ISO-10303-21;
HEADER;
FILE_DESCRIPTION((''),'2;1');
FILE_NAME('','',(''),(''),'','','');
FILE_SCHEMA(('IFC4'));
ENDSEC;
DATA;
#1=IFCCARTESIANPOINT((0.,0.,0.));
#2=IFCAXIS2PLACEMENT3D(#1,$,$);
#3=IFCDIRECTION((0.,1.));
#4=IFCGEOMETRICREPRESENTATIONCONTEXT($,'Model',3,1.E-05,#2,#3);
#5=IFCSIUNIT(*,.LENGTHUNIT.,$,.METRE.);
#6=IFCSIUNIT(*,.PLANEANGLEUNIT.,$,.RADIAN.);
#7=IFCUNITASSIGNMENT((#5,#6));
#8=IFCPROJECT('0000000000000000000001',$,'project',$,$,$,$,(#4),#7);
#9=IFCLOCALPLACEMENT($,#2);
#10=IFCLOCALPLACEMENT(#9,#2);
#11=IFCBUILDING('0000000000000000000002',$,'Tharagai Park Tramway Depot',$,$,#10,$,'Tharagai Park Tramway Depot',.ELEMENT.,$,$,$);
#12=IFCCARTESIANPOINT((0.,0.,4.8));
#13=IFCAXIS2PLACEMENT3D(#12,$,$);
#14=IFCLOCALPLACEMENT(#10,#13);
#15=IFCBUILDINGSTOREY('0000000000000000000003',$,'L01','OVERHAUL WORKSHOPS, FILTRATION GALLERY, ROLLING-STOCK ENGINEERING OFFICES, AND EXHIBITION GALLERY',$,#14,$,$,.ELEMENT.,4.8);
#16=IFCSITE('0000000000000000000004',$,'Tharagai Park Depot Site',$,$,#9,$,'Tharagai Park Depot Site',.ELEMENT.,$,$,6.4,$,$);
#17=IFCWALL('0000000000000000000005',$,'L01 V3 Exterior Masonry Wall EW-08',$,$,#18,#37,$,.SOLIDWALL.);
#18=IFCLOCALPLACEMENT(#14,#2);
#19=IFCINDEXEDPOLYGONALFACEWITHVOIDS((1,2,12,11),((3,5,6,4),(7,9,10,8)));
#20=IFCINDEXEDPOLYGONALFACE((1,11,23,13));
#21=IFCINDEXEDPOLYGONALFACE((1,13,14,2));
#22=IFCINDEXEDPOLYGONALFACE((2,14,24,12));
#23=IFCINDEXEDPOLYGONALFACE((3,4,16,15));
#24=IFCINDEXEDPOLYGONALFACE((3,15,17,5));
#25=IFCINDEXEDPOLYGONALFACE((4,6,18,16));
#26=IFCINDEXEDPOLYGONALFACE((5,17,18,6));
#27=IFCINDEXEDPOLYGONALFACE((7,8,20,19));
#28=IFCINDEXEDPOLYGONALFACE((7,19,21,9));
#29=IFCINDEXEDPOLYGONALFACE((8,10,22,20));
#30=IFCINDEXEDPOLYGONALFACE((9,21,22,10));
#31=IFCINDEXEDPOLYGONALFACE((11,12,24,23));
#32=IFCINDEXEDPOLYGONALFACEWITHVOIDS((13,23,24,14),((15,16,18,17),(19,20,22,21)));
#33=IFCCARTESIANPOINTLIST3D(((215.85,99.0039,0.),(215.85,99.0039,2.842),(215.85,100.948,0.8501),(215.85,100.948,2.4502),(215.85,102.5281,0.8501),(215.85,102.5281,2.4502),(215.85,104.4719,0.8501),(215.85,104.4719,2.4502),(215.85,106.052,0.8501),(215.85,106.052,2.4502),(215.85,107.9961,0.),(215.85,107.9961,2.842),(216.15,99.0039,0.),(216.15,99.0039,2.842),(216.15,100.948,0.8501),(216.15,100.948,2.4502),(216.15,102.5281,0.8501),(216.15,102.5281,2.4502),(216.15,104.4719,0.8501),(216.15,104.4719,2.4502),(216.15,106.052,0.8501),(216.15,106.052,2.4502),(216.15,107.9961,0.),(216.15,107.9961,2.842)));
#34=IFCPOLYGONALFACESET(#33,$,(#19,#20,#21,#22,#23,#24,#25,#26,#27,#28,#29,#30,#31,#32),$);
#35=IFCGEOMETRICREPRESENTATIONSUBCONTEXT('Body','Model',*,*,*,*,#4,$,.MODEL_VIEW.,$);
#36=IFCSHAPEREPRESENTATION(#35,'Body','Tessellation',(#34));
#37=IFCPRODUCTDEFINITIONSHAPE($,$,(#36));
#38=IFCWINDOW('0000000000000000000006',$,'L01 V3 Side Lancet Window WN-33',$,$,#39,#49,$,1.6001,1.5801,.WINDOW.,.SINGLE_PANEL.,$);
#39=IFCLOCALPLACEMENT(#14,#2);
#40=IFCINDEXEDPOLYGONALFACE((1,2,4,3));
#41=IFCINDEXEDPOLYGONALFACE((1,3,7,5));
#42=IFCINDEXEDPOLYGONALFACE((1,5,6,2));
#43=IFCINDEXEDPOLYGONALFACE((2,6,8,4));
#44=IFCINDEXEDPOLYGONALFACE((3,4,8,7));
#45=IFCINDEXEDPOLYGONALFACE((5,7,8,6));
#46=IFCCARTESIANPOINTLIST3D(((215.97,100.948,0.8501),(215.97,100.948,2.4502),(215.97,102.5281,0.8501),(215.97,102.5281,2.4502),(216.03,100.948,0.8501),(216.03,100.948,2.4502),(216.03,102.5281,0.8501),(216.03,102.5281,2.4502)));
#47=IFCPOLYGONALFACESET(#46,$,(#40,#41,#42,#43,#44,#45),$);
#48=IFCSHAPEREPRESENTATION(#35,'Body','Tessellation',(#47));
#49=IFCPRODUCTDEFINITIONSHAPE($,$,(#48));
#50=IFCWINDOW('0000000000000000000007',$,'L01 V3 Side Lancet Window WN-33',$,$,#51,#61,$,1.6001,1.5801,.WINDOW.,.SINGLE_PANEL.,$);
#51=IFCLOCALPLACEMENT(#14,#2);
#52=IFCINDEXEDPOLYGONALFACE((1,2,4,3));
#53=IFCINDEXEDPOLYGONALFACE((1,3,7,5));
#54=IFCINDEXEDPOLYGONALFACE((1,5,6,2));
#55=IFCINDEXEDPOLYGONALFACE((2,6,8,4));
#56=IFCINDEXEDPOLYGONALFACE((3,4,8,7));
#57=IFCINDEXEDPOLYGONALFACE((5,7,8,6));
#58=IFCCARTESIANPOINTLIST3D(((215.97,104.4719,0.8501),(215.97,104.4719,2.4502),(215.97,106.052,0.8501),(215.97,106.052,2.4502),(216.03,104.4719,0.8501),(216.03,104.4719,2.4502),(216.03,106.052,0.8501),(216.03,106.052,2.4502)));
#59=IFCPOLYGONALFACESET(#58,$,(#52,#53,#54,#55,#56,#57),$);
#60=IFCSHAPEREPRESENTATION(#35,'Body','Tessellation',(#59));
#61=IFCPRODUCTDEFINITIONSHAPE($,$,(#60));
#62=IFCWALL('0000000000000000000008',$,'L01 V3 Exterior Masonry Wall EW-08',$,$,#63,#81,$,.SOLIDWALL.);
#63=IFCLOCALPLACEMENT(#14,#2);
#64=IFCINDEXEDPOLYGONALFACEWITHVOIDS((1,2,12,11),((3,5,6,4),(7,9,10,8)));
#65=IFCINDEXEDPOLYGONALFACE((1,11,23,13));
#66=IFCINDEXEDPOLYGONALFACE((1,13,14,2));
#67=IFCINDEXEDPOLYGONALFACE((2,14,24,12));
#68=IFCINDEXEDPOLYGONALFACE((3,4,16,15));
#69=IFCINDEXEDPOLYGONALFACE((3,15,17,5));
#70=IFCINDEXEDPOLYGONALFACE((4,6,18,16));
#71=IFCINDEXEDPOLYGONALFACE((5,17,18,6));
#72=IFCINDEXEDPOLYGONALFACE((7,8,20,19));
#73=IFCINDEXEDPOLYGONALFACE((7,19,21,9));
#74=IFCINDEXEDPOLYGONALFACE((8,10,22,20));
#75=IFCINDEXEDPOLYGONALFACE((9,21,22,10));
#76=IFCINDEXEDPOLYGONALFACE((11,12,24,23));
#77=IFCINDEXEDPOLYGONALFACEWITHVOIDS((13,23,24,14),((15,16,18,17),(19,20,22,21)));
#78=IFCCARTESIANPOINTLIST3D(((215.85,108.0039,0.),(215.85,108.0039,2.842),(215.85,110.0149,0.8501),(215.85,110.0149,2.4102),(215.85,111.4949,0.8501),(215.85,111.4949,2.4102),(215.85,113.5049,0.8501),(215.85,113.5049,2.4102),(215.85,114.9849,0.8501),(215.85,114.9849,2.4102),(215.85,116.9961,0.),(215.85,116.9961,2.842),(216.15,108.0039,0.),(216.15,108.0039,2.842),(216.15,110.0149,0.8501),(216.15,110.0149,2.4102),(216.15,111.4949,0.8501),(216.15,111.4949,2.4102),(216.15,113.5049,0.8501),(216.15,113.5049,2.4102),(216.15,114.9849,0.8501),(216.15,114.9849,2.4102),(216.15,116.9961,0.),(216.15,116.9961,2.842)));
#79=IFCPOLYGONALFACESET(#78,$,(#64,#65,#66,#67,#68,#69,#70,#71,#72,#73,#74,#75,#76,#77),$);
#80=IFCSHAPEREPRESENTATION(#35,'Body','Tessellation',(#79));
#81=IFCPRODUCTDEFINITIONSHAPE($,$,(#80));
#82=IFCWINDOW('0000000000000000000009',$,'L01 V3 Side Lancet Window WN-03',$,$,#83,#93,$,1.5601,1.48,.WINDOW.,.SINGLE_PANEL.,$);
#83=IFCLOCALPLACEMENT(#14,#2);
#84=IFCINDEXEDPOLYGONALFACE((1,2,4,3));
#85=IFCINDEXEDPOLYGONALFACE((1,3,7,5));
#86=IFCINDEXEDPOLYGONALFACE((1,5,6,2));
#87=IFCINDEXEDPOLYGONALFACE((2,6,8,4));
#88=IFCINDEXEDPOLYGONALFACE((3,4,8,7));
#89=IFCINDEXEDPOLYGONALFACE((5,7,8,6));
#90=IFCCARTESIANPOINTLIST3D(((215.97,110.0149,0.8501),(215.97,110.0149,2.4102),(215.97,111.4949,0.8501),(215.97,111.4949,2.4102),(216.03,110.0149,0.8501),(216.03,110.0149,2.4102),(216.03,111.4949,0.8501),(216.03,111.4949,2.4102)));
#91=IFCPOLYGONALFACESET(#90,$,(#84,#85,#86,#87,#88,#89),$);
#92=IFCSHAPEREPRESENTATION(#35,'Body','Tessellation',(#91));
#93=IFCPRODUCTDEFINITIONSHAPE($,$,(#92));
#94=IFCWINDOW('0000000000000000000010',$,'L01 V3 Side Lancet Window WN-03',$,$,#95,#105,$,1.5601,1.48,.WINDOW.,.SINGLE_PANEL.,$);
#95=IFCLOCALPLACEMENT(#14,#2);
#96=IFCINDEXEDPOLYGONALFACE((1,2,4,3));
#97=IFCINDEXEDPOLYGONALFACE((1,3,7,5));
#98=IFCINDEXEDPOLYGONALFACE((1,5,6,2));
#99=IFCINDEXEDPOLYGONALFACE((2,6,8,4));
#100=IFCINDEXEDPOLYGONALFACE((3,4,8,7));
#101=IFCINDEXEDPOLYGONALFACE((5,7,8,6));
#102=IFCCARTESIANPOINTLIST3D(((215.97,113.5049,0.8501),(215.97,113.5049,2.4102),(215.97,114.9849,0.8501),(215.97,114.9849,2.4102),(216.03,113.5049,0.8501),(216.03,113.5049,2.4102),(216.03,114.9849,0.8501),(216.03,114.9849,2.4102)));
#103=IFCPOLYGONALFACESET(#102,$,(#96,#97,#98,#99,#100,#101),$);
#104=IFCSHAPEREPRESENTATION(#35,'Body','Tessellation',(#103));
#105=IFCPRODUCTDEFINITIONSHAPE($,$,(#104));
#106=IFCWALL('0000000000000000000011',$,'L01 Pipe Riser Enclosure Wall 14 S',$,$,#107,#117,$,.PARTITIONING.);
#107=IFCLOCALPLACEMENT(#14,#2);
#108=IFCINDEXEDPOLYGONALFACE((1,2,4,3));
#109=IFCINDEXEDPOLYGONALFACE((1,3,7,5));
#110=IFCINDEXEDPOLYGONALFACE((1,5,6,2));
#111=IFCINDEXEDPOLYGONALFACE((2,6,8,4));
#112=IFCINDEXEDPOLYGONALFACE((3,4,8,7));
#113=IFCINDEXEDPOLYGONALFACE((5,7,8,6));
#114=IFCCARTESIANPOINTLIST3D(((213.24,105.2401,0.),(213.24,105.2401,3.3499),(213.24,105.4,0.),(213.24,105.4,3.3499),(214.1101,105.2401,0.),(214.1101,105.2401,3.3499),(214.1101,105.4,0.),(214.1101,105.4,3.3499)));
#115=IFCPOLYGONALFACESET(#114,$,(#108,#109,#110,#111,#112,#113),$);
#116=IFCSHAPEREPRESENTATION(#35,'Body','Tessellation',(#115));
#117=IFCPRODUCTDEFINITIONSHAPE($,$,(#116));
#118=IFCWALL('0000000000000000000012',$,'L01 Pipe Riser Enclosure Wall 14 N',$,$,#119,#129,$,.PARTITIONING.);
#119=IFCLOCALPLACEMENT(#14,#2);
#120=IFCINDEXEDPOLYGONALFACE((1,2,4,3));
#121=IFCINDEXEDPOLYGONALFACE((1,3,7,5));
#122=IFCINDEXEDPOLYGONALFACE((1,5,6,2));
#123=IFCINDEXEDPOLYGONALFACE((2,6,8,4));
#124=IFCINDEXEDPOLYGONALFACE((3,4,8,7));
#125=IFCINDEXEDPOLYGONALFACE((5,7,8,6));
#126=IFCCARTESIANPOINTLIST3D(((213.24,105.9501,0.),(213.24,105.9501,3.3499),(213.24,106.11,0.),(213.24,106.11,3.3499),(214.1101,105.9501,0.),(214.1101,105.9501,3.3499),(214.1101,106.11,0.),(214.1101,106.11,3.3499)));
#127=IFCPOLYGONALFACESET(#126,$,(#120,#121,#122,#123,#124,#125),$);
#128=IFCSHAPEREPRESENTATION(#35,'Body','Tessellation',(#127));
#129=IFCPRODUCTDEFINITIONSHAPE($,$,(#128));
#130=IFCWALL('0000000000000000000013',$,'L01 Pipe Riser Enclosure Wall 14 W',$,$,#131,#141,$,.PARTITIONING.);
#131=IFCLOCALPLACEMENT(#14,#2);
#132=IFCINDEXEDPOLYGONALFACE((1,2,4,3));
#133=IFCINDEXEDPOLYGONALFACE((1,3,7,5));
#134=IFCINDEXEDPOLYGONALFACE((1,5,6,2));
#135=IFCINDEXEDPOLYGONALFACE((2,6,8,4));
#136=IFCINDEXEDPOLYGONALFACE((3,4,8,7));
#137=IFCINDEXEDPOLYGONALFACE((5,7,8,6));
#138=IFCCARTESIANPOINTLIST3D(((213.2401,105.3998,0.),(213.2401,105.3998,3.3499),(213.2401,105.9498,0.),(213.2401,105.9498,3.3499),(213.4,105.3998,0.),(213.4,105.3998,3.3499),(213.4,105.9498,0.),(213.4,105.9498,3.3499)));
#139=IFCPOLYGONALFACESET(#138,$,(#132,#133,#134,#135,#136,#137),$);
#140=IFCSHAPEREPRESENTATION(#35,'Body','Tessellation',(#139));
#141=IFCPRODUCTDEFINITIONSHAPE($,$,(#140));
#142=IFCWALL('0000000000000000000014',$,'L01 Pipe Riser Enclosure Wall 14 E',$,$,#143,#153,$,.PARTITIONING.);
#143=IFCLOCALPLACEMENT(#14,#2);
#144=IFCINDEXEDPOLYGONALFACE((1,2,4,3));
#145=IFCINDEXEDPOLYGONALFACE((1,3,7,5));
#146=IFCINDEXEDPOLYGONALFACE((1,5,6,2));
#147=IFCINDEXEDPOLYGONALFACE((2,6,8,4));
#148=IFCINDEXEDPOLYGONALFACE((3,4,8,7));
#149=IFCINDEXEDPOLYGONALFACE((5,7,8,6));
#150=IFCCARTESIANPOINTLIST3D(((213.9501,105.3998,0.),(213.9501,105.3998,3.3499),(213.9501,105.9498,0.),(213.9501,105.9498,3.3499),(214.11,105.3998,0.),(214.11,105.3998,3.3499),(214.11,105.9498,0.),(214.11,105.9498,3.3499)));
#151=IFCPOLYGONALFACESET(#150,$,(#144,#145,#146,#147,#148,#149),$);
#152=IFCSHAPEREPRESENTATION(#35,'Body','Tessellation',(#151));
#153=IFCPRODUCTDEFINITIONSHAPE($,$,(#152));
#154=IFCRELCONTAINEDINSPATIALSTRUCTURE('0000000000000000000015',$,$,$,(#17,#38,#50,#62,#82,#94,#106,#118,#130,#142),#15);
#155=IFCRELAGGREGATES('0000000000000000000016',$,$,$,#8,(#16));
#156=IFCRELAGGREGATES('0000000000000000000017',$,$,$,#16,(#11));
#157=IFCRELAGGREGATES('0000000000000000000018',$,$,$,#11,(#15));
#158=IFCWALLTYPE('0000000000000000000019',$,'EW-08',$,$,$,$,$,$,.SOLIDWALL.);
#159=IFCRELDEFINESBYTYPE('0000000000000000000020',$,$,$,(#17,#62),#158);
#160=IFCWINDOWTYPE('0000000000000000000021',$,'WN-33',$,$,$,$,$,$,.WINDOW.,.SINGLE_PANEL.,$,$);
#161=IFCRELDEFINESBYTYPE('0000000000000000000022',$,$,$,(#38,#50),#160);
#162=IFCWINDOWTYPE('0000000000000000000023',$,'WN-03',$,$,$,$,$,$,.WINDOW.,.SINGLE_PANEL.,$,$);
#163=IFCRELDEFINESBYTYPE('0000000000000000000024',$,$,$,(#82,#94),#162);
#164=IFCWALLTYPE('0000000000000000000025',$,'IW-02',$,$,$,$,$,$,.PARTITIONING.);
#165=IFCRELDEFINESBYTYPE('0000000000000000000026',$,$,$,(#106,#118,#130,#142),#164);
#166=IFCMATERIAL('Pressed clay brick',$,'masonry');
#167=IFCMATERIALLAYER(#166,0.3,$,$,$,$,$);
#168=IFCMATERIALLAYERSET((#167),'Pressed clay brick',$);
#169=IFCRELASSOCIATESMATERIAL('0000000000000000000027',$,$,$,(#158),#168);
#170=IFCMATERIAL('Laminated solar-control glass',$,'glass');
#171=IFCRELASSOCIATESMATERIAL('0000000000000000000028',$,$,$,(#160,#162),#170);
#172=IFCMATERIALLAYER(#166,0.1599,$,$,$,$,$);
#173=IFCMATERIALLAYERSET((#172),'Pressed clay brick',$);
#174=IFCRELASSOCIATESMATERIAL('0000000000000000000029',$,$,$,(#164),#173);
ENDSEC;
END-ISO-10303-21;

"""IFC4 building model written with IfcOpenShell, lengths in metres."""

from ifc_helpers import new_model, si_unit, direction, frame, frame_2d, origin, place, context, subcontext, project, spatial, rectangle, extrude, material, layer, layer_set, type_object, element, fill, save


model = new_model("IFC4")

# Units and contexts
model_context = context("Model", 3, precision=1e-05, world=origin(), true_north=direction((0.0, 1.0)))
body_context = subcontext(model_context, "Body", "Model", "MODEL_VIEW")
ifc_project = project(units=[si_unit("LENGTHUNIT", "METRE"), si_unit("PLANEANGLEUNIT", "RADIAN")], contexts=[model_context])

# Site, building, storey
site_placement = place(None, origin())
site = spatial("IfcSite", under=ifc_project, at=site_placement, Name="Tharagai Park Depot Site", LongName="Tharagai Park Depot Site", CompositionType="ELEMENT", RefElevation=6.4)
building_placement = place(site_placement, origin())
building = spatial("IfcBuilding", under=site, at=building_placement, Name="Tharagai Park Tramway Depot", LongName="Tharagai Park Tramway Depot", CompositionType="ELEMENT")
storey_placement = place(building_placement, frame((0.0, 0.0, 4.8)))
storey = spatial("IfcBuildingStorey", under=building, at=storey_placement, Name="L01", Description="OVERHAUL WORKSHOPS, FILTRATION GALLERY, ROLLING-STOCK ENGINEERING OFFICES, AND EXHIBITION GALLERY", CompositionType="ELEMENT", Elevation=4.8)

# Shared definitions
ifc_material_1 = material(Name="Laminated solar-control glass", Category="glass")

# Walls, openings, windows
ifc_material_2 = material(Name="Pressed clay brick", Category="masonry")
ifc_layer_1 = layer(ifc_material_2, 0.3)
ifc_layer_set_1 = layer_set([ifc_layer_1], Name="Pressed clay brick")
wall_type_1 = type_object("IfcWallType", Name="EW-08", PredefinedType="SOLIDWALL", material=ifc_layer_set_1)
wall_1_placement = place(storey_placement, frame((216.0, 99.0039, 0.0), z_axis=(0.0, 0.0, 1.0), x_axis=(0.0, 1.0, 0.0)))
wall_1 = element("IfcWall", 1, at=wall_1_placement, inside=storey, type_object=wall_type_1, Name="L01 V3 Exterior Masonry Wall EW-08", PredefinedType="SOLIDWALL", context=body_context, shape_type="SweptSolid", body=[
    extrude(rectangle(XDim=8.9922, YDim=0.3, at=frame_2d((4.4961, 0.0))), origin(), (0.0, 0.0, 1.0), 2.842),
])
opening_1_placement = place(wall_1_placement, frame((1.9441, 0.0, 0.8501)))
opening_1 = element("IfcOpeningElement", 2, at=opening_1_placement, cuts=wall_1, PredefinedType="OPENING", context=body_context, shape_type="SweptSolid", body=[
    extrude(rectangle(XDim=1.5801, YDim=1.6001, at=frame_2d((0.79, 0.8))), frame((0.0, 0.1599, 0.0), z_axis=(0.0, -1.0, 0.0), x_axis=(1.0, 0.0, 0.0)), (0.0, 0.0, 1.0), 0.3201),
])
opening_2_placement = place(wall_1_placement, frame((5.468, 0.0, 0.8501)))
opening_2 = element("IfcOpeningElement", 3, at=opening_2_placement, cuts=wall_1, PredefinedType="OPENING", context=body_context, shape_type="SweptSolid", body=[
    extrude(rectangle(XDim=1.5801, YDim=1.6001, at=frame_2d((0.79, 0.8))), frame((0.0, 0.1599, 0.0), z_axis=(0.0, -1.0, 0.0), x_axis=(1.0, 0.0, 0.0)), (0.0, 0.0, 1.0), 0.3201),
])
window_type_1 = type_object("IfcWindowType", Name="WN-33", PartitioningType="SINGLE_PANEL", PredefinedType="WINDOW", material=ifc_material_1)
window_1_placement = place(opening_1_placement, origin())
window_1 = element("IfcWindow", 4, at=window_1_placement, inside=storey, type_object=window_type_1, Name="L01 V3 Side Lancet Window WN-33", OverallHeight=1.6001, OverallWidth=1.5801, PartitioningType="SINGLE_PANEL", PredefinedType="WINDOW", context=body_context, shape_type="SweptSolid", body=[
    extrude(rectangle(XDim=1.5801, YDim=1.6001, at=frame_2d((0.79, 0.8))), frame((0.0, 0.03, 0.0), z_axis=(0.0, -1.0, 0.0), x_axis=(1.0, 0.0, 0.0)), (0.0, 0.0, 1.0), 0.0601),
])
fill(opening_1, window_1)
window_2_placement = place(opening_2_placement, origin())
window_2 = element("IfcWindow", 5, at=window_2_placement, inside=storey, type_object=window_type_1, Name="L01 V3 Side Lancet Window WN-33", OverallHeight=1.6001, OverallWidth=1.5801, PartitioningType="SINGLE_PANEL", PredefinedType="WINDOW", context=body_context, shape_type="SweptSolid", body=[
    extrude(rectangle(XDim=1.5801, YDim=1.6001, at=frame_2d((0.79, 0.8))), frame((0.0, 0.03, 0.0), z_axis=(0.0, -1.0, 0.0), x_axis=(1.0, 0.0, 0.0)), (0.0, 0.0, 1.0), 0.0601),
])
fill(opening_2, window_2)
wall_2_placement = place(storey_placement, frame((216.0, 108.0039, 0.0), z_axis=(0.0, 0.0, 1.0), x_axis=(0.0, 1.0, 0.0)))
wall_2 = element("IfcWall", 6, at=wall_2_placement, inside=storey, type_object=wall_type_1, Name="L01 V3 Exterior Masonry Wall EW-08", PredefinedType="SOLIDWALL", context=body_context, shape_type="SweptSolid", body=[
    extrude(rectangle(XDim=8.9922, YDim=0.3, at=frame_2d((4.4961, 0.0))), origin(), (0.0, 0.0, 1.0), 2.842),
])
opening_3_placement = place(wall_2_placement, frame((2.011, 0.0, 0.8501)))
opening_3 = element("IfcOpeningElement", 7, at=opening_3_placement, cuts=wall_2, PredefinedType="OPENING", context=body_context, shape_type="SweptSolid", body=[
    extrude(rectangle(XDim=1.48, YDim=1.5601, at=frame_2d((0.74, 0.78))), frame((0.0, 0.1599, 0.0), z_axis=(0.0, -1.0, 0.0), x_axis=(1.0, 0.0, 0.0)), (0.0, 0.0, 1.0), 0.3201),
])
opening_4_placement = place(wall_2_placement, frame((5.501, 0.0, 0.8501)))
opening_4 = element("IfcOpeningElement", 8, at=opening_4_placement, cuts=wall_2, PredefinedType="OPENING", context=body_context, shape_type="SweptSolid", body=[
    extrude(rectangle(XDim=1.48, YDim=1.5601, at=frame_2d((0.74, 0.78))), frame((0.0, 0.1599, 0.0), z_axis=(0.0, -1.0, 0.0), x_axis=(1.0, 0.0, 0.0)), (0.0, 0.0, 1.0), 0.3201),
])
window_type_2 = type_object("IfcWindowType", Name="WN-03", PartitioningType="SINGLE_PANEL", PredefinedType="WINDOW", material=ifc_material_1)
window_3_placement = place(opening_3_placement, origin())
window_3 = element("IfcWindow", 9, at=window_3_placement, inside=storey, type_object=window_type_2, Name="L01 V3 Side Lancet Window WN-03", OverallHeight=1.5601, OverallWidth=1.48, PartitioningType="SINGLE_PANEL", PredefinedType="WINDOW", context=body_context, shape_type="SweptSolid", body=[
    extrude(rectangle(XDim=1.48, YDim=1.5601, at=frame_2d((0.74, 0.78))), frame((0.0, 0.03, 0.0), z_axis=(0.0, -1.0, 0.0), x_axis=(1.0, 0.0, 0.0)), (0.0, 0.0, 1.0), 0.0601),
])
fill(opening_3, window_3)
window_4_placement = place(opening_4_placement, origin())
window_4 = element("IfcWindow", 10, at=window_4_placement, inside=storey, type_object=window_type_2, Name="L01 V3 Side Lancet Window WN-03", OverallHeight=1.5601, OverallWidth=1.48, PartitioningType="SINGLE_PANEL", PredefinedType="WINDOW", context=body_context, shape_type="SweptSolid", body=[
    extrude(rectangle(XDim=1.48, YDim=1.5601, at=frame_2d((0.74, 0.78))), frame((0.0, 0.03, 0.0), z_axis=(0.0, -1.0, 0.0), x_axis=(1.0, 0.0, 0.0)), (0.0, 0.0, 1.0), 0.0601),
])
fill(opening_4, window_4)

# Walls
ifc_layer_2 = layer(ifc_material_2, 0.1599)
ifc_layer_set_2 = layer_set([ifc_layer_2], Name="Pressed clay brick")
wall_type_2 = type_object("IfcWallType", Name="IW-02", PredefinedType="PARTITIONING", material=ifc_layer_set_2)
for number, where, z_axis, x_axis, name in (
    (11, (213.24, 105.3201, 0.0), (0.0, 0.0, 1.0), (1.0, 0.0, 0.0), "L01 Pipe Riser Enclosure Wall 14 S"),
    (12, (213.24, 106.03, 0.0), (0.0, 0.0, 1.0), (1.0, 0.0, 0.0), "L01 Pipe Riser Enclosure Wall 14 N"),
):
    element("IfcWall", number, at=place(storey_placement, frame(where, z_axis=z_axis, x_axis=x_axis)), inside=storey, type_object=wall_type_2, Name=name, PredefinedType="PARTITIONING", context=body_context, shape_type="SweptSolid", body=[
        extrude(rectangle(XDim=0.8701, YDim=0.1599, at=frame_2d((0.4351, 0.0))), origin(), (0.0, 0.0, 1.0), 3.3499),
    ])
for number, where, z_axis, x_axis, name in (
    (13, (213.3201, 105.3999, 0.0), (0.0, 0.0, 1.0), (0.0, 1.0, 0.0), "L01 Pipe Riser Enclosure Wall 14 W"),
    (14, (214.03, 105.3999, 0.0), (0.0, 0.0, 1.0), (0.0, 1.0, 0.0), "L01 Pipe Riser Enclosure Wall 14 E"),
):
    element("IfcWall", number, at=place(storey_placement, frame(where, z_axis=z_axis, x_axis=x_axis)), inside=storey, type_object=wall_type_2, Name=name, PredefinedType="PARTITIONING", context=body_context, shape_type="SweptSolid", body=[
        extrude(rectangle(XDim=0.55, YDim=0.1599, at=frame_2d((0.2749, 0.0))), origin(), (0.0, 0.0, 1.0), 3.3499),
    ])

save(model, "model.ifc")
